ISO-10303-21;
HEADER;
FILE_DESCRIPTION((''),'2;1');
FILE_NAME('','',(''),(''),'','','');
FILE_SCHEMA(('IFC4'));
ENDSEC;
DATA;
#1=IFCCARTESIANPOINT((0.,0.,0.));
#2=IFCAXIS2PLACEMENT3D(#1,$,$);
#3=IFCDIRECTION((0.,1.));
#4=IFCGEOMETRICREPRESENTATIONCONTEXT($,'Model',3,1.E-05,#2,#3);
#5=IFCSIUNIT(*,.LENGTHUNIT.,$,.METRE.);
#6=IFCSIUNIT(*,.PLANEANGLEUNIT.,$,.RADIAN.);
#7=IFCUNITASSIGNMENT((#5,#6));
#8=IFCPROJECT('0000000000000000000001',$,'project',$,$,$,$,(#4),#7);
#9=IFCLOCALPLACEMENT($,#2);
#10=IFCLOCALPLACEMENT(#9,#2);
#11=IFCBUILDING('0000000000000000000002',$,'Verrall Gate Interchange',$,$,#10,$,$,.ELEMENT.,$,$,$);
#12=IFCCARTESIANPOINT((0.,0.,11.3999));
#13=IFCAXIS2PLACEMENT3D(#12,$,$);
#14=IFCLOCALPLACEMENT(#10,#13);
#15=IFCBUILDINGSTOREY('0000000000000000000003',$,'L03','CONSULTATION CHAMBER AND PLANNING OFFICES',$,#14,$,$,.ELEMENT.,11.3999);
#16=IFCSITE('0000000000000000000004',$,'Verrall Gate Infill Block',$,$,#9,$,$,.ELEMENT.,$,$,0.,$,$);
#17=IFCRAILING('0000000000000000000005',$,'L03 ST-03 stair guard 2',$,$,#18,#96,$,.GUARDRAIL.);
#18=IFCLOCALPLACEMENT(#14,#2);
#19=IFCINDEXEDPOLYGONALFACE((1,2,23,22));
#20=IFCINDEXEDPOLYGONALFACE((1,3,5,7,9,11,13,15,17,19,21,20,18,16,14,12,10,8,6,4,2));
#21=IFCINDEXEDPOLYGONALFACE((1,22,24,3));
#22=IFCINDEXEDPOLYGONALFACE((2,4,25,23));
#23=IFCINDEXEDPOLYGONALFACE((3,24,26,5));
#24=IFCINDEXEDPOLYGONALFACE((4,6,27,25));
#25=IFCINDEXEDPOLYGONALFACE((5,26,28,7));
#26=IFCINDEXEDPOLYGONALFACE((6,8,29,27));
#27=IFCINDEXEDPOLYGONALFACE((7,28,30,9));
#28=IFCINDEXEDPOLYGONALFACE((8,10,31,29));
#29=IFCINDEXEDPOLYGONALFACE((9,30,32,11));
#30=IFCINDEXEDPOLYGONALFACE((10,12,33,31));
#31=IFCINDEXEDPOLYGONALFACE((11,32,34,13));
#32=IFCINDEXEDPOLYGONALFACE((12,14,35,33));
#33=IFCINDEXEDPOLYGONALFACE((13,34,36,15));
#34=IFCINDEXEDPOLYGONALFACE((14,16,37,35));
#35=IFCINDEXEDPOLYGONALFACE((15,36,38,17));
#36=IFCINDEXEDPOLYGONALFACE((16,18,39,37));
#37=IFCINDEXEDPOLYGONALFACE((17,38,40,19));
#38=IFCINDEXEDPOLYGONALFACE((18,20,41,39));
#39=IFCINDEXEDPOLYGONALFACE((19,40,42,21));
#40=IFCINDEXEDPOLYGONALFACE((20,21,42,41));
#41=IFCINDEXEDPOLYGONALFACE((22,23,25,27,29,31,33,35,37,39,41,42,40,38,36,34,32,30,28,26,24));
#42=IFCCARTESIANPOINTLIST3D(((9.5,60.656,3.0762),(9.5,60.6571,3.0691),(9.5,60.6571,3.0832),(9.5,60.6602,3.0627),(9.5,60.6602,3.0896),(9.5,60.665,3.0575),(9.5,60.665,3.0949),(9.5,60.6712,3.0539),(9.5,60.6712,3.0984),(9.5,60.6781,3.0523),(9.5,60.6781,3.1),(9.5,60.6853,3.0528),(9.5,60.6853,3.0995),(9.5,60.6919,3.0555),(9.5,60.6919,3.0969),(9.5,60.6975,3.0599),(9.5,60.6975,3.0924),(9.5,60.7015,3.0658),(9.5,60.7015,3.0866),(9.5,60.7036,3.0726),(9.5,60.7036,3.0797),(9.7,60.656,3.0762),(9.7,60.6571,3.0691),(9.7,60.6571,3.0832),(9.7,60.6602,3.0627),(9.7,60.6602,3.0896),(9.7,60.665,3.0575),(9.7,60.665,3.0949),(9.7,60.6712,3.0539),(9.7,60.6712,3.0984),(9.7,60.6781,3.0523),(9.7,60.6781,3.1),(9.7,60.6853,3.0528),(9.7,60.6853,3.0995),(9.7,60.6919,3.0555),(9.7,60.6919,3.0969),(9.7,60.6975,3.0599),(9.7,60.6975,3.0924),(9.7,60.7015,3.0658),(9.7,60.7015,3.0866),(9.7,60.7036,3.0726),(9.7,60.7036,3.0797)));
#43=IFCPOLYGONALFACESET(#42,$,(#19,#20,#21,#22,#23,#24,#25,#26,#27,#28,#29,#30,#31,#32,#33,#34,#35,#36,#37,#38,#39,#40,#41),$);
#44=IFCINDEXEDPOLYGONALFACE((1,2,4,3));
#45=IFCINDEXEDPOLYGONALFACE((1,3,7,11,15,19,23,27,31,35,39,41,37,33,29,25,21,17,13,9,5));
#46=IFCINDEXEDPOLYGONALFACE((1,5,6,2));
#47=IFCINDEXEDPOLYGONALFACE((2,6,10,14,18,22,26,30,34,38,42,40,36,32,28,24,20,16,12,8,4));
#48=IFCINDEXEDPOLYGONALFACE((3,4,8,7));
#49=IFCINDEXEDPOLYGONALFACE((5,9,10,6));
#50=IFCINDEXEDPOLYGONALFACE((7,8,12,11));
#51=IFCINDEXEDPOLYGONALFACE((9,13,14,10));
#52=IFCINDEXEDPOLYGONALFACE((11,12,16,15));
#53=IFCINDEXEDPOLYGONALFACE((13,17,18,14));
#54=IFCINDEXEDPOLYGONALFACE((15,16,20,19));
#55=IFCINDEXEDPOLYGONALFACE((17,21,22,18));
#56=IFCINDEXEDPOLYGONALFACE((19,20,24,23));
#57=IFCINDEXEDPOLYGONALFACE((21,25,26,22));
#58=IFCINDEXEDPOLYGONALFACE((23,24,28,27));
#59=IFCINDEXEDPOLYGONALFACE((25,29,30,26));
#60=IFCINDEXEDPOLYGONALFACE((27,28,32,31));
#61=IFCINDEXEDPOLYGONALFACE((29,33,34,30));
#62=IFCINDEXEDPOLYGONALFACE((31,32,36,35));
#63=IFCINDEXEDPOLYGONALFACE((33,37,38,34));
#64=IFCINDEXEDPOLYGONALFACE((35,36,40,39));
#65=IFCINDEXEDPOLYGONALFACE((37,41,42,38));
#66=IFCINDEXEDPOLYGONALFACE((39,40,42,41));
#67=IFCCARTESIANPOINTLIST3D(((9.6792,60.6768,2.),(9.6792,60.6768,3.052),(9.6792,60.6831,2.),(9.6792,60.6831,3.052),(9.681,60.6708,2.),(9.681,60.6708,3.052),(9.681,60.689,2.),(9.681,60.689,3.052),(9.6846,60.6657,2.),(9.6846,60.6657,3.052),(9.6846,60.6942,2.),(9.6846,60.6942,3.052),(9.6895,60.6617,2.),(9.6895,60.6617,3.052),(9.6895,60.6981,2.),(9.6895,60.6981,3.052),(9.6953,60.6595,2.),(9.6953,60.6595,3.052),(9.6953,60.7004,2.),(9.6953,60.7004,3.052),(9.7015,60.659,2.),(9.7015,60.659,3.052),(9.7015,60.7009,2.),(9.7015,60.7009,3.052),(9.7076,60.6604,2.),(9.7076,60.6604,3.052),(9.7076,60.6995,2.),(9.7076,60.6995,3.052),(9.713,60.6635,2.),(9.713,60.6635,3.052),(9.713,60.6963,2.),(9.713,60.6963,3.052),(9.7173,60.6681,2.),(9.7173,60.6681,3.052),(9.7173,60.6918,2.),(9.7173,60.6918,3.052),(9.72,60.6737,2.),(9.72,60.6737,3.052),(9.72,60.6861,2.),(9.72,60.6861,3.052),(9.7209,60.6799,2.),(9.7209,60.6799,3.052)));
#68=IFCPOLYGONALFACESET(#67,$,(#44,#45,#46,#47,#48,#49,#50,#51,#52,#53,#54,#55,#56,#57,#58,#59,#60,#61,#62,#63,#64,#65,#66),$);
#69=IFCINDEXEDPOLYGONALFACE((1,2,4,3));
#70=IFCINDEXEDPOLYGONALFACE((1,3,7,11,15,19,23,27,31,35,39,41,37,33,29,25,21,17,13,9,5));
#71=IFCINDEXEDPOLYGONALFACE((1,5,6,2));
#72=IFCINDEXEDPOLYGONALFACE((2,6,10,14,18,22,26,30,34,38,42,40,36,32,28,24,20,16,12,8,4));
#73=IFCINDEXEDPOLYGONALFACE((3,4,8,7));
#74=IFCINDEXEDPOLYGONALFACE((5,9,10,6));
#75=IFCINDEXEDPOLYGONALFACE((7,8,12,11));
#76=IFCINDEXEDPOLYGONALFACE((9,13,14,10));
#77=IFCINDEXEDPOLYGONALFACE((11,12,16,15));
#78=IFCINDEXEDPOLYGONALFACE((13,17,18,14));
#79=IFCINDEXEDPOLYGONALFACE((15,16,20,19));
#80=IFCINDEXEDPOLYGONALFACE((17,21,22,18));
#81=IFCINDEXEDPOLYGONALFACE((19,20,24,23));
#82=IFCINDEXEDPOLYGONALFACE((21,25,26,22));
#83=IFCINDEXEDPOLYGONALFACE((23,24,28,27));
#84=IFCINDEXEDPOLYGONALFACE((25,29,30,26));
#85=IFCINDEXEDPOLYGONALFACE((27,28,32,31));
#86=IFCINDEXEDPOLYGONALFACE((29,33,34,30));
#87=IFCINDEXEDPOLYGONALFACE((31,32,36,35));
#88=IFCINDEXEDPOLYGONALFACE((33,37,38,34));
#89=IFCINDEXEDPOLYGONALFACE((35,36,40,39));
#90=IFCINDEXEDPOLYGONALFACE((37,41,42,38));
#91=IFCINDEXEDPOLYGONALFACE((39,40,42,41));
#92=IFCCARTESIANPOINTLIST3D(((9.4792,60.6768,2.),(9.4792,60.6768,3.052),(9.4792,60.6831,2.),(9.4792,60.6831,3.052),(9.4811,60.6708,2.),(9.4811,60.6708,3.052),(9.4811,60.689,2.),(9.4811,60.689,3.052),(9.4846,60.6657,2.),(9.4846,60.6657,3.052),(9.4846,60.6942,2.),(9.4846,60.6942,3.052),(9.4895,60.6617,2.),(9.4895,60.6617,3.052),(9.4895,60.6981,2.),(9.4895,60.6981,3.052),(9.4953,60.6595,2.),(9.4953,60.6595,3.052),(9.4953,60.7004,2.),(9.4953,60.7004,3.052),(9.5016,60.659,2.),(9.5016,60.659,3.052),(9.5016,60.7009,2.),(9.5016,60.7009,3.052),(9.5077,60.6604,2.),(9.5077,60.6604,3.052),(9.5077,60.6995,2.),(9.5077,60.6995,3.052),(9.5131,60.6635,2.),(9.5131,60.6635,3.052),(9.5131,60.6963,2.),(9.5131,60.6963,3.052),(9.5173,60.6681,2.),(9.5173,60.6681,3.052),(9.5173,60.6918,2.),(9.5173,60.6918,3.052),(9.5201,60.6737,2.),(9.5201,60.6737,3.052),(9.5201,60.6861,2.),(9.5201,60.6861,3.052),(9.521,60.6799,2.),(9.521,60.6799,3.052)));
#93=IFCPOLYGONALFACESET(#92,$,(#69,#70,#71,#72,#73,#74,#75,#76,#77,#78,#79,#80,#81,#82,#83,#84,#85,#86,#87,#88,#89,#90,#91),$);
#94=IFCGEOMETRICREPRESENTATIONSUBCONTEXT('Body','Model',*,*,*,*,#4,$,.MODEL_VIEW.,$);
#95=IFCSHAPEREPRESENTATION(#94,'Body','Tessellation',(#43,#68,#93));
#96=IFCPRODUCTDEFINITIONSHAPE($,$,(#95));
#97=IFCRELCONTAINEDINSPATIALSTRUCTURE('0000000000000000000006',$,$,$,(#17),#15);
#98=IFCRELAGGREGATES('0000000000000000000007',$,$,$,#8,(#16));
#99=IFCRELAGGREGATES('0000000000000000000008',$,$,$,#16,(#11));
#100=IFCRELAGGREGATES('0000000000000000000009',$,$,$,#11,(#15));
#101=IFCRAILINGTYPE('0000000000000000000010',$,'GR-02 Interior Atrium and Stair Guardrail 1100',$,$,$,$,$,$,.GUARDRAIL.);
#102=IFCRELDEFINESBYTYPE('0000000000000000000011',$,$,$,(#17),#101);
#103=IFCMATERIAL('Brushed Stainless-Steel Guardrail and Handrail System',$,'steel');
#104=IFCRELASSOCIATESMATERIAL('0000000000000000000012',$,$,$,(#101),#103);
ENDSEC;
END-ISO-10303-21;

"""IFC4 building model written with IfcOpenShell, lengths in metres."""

from ifc_helpers import new_model, si_unit, direction, frame, origin, origin_2d, place, context, subcontext, project, spatial, circle, extrude, material, type_object, element, save


model = new_model("IFC4")

# Units and contexts
model_context = context("Model", 3, precision=1e-05, world=origin(), true_north=direction((0.0, 1.0)))
body_context = subcontext(model_context, "Body", "Model", "MODEL_VIEW")
ifc_project = project(units=[si_unit("LENGTHUNIT", "METRE"), si_unit("PLANEANGLEUNIT", "RADIAN")], contexts=[model_context])

# Site, building, storey
site_placement = place(None, origin())
site = spatial("IfcSite", under=ifc_project, at=site_placement, Name="Verrall Gate Infill Block", CompositionType="ELEMENT", RefElevation=0.0)
building_placement = place(site_placement, origin())
building = spatial("IfcBuilding", under=site, at=building_placement, Name="Verrall Gate Interchange", CompositionType="ELEMENT")
storey_placement = place(building_placement, frame((0.0, 0.0, 11.3999)))
storey = spatial("IfcBuildingStorey", under=building, at=storey_placement, Name="L03", Description="CONSULTATION CHAMBER AND PLANNING OFFICES", CompositionType="ELEMENT", Elevation=11.3999)

# Railing
ifc_material_1 = material(Name="Brushed Stainless-Steel Guardrail and Handrail System", Category="steel")
railing_type_1 = type_object("IfcRailingType", Name="GR-02 Interior Atrium and Stair Guardrail 1100", PredefinedType="GUARDRAIL", material=ifc_material_1)
railing_1_placement = place(storey_placement, frame((9.7, 60.6799, 2.0)))
element("IfcRailing", 1, at=railing_1_placement, inside=storey, type_object=railing_type_1, Name="L03 ST-03 stair guard 2", PredefinedType="GUARDRAIL", context=body_context, shape_type="SweptSolid", body=[
    extrude(circle(Radius=0.0239, at=origin_2d()), frame((0.0, 0.0, 1.0762), z_axis=(-1.0, 0.0, 0.0), x_axis=(0.0, -1.0, 0.0)), (0.0, 0.0, 1.0), 0.2),
    extrude(circle(Radius=0.021, at=origin_2d()), origin(), (0.0, 0.0, 1.0), 1.052),
    extrude(circle(Radius=0.021, at=origin_2d()), frame((-0.2, 0.0, 0.0)), (0.0, 0.0, 1.0), 1.052),
])

save(model, "model.ifc")
